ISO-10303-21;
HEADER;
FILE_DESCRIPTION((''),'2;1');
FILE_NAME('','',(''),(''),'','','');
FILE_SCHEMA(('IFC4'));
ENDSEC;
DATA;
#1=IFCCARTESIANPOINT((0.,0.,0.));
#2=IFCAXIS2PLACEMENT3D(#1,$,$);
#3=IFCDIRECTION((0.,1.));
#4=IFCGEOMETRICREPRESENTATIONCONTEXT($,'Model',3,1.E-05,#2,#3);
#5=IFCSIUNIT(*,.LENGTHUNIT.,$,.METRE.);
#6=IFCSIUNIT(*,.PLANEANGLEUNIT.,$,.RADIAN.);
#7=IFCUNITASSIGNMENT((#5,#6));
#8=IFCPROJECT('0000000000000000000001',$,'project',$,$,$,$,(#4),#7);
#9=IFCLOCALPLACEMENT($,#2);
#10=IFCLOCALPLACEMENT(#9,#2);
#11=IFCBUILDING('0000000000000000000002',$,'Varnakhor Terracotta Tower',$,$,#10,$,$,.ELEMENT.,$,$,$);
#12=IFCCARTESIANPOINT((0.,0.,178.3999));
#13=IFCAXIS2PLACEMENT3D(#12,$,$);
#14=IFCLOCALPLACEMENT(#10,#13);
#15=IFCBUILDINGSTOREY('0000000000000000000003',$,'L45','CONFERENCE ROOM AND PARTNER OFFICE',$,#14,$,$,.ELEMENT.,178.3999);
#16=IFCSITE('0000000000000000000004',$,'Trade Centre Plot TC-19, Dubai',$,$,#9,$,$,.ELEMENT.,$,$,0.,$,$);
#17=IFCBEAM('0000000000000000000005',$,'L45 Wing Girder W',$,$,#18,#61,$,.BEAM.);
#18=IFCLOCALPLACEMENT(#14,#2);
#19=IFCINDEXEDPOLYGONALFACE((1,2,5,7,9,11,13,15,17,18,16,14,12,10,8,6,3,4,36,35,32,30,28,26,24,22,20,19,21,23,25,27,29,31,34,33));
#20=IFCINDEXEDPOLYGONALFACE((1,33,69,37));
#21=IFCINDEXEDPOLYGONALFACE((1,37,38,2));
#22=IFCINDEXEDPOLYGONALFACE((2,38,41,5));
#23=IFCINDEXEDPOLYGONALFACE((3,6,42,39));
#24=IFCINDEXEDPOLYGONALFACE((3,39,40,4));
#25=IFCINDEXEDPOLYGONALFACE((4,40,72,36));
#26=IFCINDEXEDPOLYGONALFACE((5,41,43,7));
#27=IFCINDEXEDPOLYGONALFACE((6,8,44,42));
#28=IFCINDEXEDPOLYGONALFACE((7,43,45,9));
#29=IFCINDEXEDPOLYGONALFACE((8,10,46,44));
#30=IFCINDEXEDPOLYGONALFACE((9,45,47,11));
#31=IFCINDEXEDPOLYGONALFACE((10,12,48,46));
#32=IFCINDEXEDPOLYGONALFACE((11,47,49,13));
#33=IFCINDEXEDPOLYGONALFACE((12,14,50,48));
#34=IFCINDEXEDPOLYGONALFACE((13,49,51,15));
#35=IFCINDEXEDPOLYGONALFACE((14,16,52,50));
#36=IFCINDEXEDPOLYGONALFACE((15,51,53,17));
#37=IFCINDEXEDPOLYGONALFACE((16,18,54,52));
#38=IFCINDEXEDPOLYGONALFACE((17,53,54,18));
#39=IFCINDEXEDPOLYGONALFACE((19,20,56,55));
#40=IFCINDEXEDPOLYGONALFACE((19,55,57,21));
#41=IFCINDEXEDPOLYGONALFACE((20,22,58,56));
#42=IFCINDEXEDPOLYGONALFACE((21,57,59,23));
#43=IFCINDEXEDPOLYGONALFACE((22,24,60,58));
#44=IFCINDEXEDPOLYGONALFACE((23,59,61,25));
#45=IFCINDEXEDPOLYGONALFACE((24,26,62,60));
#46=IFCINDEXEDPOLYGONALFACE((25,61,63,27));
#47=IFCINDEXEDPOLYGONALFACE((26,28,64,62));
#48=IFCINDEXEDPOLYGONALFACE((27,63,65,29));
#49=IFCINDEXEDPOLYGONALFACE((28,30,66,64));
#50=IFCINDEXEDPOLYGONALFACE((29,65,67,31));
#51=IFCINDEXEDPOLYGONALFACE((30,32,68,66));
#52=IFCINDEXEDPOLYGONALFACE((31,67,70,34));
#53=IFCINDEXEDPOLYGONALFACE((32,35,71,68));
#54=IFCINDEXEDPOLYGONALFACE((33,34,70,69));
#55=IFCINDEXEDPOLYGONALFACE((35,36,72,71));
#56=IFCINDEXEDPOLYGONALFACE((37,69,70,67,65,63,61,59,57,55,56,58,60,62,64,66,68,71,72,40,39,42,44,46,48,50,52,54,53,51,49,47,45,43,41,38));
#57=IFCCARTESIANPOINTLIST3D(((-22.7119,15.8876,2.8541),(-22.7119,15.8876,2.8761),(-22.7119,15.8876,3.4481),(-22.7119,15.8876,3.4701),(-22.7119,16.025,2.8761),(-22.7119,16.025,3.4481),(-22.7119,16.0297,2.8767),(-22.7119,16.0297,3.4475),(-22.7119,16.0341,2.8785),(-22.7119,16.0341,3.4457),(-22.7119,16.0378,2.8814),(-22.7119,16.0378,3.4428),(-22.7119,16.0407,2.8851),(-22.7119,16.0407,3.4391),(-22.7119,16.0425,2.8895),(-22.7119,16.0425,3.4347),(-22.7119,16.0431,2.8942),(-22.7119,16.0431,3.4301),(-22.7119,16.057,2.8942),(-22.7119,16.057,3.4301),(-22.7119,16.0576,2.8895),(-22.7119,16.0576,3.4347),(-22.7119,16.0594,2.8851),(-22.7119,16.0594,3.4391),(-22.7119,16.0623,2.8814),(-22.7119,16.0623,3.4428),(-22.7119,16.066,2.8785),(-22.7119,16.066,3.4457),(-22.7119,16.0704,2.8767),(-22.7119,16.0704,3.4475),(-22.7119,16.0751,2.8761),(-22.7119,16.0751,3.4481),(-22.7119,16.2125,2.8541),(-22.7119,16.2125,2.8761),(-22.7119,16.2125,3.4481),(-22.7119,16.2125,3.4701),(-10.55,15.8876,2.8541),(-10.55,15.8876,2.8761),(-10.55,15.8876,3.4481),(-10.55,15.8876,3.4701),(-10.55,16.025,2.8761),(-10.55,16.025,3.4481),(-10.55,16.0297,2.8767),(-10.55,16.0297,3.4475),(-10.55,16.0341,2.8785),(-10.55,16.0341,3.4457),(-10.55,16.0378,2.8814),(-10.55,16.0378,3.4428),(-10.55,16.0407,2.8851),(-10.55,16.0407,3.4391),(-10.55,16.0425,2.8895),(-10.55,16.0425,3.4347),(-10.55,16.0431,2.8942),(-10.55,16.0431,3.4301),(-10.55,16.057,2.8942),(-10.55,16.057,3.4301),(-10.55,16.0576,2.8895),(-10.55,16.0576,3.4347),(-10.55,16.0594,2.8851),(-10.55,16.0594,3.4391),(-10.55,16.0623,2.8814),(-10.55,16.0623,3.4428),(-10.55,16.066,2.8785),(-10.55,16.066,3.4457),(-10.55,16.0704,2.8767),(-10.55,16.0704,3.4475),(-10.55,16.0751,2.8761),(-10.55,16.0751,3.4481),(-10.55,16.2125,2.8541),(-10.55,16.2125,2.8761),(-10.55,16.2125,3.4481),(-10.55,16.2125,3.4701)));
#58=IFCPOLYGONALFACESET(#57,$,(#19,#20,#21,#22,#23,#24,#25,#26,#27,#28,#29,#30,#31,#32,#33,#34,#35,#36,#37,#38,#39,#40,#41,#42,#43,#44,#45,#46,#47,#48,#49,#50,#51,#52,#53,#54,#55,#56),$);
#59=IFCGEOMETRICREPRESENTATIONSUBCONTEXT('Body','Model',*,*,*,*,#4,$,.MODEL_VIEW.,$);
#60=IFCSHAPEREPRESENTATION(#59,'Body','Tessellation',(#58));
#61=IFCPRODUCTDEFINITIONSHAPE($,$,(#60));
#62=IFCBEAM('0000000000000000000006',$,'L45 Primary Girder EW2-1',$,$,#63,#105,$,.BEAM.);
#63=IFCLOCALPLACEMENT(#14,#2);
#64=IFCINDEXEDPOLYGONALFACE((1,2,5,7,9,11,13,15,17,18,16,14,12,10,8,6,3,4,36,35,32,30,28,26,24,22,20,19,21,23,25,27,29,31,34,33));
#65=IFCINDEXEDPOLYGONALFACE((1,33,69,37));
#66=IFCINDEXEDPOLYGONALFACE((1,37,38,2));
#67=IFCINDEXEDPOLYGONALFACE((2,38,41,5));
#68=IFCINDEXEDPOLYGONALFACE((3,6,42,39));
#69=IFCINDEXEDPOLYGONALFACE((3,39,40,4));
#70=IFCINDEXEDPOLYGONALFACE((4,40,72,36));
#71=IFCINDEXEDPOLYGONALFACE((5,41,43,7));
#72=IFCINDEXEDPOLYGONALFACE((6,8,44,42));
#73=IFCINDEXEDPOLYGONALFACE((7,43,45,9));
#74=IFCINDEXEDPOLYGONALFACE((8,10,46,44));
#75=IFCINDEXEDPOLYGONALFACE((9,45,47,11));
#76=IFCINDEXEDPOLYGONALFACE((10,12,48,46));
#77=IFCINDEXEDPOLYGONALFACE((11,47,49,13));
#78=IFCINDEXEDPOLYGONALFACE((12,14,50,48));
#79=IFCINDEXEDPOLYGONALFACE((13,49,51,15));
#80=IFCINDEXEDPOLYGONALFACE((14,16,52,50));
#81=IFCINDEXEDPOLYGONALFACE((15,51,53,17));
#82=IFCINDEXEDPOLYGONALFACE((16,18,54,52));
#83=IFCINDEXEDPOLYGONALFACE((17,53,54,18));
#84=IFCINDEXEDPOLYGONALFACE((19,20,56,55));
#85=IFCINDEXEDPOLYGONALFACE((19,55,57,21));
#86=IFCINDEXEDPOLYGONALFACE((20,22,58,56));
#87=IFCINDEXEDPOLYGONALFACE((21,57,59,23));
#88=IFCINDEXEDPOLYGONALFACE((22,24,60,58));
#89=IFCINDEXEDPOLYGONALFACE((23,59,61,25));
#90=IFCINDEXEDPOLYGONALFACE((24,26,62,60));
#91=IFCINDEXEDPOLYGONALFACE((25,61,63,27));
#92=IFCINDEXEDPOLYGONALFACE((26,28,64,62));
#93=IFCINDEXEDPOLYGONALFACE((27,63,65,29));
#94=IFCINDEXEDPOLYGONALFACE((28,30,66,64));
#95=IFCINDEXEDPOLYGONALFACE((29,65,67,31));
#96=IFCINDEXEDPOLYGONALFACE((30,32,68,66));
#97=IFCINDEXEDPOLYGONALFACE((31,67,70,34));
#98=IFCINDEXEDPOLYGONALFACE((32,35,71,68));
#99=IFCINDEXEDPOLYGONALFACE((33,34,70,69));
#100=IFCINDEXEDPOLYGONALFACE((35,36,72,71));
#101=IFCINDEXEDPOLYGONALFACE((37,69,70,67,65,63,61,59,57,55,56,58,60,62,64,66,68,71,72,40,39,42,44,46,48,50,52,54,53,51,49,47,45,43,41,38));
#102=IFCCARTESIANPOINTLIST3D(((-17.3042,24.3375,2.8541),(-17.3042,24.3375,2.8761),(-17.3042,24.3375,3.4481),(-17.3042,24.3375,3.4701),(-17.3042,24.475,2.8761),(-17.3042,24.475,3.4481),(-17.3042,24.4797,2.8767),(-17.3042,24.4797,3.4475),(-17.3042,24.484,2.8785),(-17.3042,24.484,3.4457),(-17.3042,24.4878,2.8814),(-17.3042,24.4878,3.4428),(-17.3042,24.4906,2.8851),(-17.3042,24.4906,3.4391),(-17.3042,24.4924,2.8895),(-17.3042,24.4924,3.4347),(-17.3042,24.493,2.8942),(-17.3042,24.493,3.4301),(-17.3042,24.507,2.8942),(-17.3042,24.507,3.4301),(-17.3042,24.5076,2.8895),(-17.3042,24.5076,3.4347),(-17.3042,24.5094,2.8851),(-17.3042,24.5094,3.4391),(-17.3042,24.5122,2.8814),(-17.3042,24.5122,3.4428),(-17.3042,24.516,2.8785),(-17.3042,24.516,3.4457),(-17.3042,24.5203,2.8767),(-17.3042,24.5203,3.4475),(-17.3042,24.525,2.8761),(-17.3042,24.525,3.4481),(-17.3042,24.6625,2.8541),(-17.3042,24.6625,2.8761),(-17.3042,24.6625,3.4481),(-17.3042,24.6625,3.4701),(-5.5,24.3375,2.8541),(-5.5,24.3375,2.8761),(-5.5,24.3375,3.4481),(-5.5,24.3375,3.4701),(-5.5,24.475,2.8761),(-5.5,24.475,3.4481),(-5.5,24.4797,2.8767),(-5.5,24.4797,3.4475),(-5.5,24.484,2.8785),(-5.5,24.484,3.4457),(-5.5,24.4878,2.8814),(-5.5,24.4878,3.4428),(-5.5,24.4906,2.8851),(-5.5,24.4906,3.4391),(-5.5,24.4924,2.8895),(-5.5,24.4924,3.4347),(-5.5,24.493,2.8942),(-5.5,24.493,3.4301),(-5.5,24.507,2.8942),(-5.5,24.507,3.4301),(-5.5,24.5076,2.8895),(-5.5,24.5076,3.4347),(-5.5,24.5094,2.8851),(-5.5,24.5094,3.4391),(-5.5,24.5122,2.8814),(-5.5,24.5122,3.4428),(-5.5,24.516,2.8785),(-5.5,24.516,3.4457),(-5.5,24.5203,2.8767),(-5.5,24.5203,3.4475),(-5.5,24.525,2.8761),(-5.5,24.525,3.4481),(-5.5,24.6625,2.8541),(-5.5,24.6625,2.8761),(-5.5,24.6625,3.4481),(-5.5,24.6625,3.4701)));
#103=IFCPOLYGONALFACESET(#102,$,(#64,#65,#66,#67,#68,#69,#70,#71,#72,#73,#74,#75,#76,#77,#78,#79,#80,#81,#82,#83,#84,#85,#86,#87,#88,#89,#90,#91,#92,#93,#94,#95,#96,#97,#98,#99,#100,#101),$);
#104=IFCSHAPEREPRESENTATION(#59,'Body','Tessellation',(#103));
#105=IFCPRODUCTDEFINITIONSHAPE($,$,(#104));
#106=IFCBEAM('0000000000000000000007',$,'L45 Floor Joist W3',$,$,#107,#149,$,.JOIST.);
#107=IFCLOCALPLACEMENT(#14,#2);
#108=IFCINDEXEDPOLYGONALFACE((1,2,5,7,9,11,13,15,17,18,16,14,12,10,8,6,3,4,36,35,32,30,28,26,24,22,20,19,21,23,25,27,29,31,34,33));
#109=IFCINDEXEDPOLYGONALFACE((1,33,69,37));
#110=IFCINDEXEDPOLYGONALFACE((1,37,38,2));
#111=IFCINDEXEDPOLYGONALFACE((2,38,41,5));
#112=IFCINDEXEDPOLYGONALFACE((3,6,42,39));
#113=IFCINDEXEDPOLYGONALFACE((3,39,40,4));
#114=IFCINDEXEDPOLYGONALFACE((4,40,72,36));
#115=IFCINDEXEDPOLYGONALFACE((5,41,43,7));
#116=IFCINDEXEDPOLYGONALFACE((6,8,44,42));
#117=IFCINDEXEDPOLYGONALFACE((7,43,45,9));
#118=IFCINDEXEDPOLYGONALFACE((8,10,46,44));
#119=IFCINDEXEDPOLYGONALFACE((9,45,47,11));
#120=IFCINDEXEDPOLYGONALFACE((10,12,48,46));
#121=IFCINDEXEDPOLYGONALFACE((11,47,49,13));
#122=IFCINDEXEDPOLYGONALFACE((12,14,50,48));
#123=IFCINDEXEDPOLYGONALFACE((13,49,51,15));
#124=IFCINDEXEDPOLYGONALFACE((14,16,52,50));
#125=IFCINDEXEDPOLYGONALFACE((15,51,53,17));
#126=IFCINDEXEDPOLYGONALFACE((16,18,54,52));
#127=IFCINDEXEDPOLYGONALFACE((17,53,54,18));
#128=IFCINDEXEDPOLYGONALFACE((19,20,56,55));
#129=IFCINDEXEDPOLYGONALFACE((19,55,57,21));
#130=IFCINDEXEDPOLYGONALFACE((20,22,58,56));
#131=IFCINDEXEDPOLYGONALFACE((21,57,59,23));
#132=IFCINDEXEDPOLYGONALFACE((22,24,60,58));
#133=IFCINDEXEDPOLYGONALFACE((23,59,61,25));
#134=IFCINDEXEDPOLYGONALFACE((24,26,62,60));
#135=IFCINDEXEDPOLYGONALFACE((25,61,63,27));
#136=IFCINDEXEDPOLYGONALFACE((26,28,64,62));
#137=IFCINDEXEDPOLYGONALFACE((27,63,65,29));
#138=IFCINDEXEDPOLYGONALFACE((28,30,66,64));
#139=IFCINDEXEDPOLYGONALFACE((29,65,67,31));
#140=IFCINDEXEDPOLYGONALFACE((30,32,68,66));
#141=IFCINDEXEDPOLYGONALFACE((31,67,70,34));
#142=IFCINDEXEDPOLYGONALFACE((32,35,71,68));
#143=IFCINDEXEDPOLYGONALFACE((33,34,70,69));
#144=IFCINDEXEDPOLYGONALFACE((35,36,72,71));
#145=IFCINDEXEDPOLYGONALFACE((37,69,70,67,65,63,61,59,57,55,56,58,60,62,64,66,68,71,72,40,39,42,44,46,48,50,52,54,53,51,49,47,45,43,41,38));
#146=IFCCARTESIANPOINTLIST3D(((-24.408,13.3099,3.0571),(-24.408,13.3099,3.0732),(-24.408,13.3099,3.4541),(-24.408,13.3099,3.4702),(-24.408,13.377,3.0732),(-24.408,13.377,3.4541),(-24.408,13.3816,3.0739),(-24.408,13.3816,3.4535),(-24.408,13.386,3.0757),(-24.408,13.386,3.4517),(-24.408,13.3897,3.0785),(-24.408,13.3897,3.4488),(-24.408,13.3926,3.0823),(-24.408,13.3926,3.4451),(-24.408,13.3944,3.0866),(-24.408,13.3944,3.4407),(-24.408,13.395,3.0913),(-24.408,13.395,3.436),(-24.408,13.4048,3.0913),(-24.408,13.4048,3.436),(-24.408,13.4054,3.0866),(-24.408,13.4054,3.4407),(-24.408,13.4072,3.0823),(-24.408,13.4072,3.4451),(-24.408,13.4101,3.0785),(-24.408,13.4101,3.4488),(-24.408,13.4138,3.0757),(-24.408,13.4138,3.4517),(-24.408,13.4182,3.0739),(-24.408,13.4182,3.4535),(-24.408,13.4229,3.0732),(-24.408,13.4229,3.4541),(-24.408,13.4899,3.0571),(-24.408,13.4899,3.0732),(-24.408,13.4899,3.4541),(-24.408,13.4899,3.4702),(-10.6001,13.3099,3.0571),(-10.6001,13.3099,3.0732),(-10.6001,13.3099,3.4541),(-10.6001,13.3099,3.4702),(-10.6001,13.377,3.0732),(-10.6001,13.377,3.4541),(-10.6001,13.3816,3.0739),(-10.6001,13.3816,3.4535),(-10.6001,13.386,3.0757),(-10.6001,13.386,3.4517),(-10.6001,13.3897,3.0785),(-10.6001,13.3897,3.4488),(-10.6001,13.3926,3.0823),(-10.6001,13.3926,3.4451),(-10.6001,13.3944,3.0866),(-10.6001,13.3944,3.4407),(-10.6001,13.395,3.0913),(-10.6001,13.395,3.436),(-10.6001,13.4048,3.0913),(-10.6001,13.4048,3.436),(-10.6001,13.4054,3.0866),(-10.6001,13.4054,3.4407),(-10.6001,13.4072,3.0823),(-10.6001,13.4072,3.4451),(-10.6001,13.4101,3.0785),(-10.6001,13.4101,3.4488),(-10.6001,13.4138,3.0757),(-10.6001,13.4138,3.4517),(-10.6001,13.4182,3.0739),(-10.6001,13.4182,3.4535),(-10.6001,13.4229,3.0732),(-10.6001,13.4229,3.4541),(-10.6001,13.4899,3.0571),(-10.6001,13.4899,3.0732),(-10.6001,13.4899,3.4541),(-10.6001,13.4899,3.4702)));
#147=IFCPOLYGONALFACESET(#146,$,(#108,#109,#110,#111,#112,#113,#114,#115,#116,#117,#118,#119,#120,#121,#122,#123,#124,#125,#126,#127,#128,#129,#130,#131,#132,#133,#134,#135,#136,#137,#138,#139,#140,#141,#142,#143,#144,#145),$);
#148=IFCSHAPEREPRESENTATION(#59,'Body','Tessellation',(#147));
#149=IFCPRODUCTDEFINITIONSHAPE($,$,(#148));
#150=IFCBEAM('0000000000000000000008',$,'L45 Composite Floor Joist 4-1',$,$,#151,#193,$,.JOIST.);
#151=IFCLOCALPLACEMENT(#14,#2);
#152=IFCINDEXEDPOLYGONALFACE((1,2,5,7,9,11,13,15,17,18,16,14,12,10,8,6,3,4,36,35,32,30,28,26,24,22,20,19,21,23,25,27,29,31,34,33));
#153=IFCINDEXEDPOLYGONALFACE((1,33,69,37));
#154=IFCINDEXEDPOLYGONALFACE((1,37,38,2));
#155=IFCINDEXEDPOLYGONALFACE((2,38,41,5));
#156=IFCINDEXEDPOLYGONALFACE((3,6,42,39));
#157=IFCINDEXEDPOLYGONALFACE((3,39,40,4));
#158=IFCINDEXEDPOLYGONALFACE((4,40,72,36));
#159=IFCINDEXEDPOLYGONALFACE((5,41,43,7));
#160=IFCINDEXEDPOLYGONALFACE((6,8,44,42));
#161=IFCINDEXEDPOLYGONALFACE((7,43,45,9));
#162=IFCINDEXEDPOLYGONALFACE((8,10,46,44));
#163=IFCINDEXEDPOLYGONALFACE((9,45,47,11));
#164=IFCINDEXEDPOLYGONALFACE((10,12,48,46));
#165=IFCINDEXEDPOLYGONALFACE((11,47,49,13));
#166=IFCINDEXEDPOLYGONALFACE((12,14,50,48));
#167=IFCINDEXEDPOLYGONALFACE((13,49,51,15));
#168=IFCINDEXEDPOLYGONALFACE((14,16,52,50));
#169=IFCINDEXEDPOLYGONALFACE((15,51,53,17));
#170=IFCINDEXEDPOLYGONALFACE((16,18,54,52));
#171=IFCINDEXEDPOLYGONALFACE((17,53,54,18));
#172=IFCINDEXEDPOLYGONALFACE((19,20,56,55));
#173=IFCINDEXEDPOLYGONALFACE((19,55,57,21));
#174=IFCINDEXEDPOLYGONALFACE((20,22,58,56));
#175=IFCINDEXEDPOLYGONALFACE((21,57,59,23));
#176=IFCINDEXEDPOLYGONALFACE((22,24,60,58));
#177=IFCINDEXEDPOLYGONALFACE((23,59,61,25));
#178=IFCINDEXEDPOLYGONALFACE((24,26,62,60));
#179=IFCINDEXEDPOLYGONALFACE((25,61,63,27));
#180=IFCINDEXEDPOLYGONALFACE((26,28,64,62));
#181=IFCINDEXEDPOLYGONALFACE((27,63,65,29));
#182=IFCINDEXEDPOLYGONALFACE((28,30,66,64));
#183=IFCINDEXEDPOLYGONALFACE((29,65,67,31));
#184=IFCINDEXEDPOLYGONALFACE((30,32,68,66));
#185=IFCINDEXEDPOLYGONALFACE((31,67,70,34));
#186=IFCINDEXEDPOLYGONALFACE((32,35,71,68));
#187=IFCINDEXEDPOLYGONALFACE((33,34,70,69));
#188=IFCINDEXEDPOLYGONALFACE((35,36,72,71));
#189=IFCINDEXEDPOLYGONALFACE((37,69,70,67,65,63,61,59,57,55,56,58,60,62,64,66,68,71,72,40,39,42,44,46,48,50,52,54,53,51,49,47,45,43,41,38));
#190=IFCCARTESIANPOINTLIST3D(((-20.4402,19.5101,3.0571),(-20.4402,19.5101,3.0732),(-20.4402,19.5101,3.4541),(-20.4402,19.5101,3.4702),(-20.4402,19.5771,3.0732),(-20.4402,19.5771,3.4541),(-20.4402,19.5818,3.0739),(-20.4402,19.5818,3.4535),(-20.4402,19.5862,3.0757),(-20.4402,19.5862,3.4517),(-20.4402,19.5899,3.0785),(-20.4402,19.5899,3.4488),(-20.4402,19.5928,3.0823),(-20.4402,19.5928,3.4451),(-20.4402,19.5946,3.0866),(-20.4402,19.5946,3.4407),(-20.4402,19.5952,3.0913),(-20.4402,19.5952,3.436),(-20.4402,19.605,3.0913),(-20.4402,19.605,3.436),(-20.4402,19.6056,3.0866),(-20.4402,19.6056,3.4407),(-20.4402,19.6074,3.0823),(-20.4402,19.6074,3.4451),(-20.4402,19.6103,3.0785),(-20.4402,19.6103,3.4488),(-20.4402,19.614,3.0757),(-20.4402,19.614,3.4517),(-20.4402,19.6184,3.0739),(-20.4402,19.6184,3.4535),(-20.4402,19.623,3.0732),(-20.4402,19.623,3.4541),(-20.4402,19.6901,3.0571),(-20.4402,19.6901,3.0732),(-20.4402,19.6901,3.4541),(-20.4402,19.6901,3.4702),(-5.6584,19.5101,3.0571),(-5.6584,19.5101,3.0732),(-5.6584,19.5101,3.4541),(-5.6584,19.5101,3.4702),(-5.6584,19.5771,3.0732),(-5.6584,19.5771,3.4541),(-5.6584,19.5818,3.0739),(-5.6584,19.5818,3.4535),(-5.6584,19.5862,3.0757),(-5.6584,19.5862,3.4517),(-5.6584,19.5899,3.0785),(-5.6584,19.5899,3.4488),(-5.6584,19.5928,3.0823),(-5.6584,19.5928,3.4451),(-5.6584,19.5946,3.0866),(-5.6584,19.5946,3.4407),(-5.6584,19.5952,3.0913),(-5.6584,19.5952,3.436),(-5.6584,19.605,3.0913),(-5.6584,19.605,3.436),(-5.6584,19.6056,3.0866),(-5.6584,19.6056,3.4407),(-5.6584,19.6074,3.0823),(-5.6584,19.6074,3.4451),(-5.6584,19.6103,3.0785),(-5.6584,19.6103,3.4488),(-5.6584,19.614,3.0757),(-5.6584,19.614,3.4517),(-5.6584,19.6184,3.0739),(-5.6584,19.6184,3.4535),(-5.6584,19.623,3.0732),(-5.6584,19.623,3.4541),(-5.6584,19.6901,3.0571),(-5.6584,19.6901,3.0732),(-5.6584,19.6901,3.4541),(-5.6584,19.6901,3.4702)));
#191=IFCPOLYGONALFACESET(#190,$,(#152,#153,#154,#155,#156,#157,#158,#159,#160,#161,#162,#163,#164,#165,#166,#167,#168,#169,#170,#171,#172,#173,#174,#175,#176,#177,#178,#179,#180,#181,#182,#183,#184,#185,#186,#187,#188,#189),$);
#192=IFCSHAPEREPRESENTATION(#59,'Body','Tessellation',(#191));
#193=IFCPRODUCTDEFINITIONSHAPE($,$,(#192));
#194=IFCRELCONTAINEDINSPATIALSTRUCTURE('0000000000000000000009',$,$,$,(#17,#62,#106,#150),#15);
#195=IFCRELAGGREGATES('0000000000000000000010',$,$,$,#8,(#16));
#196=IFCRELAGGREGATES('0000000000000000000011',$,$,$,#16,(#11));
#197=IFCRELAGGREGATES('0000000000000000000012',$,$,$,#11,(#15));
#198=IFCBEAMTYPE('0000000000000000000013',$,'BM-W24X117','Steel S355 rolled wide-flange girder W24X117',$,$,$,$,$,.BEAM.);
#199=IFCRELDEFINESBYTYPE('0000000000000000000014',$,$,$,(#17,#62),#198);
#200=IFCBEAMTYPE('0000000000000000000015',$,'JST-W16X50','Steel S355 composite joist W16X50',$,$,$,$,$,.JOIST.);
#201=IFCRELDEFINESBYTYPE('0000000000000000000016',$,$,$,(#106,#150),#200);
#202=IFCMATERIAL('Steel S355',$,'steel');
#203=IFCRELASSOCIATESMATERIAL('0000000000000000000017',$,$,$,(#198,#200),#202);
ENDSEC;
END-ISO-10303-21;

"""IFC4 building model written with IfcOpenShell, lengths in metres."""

from ifc_helpers import new_model, si_unit, direction, frame, origin, origin_2d, place, context, subcontext, project, spatial, i_section, extrude, source, transform, mapped, material, material_profile, profile_set, type_object, element, save


model = new_model("IFC4")

# Units and contexts
model_context = context("Model", 3, precision=1e-05, world=origin(), true_north=direction((0.0, 1.0)))
body_context = subcontext(model_context, "Body", "Model", "MODEL_VIEW")
ifc_project = project(units=[si_unit("LENGTHUNIT", "METRE"), si_unit("PLANEANGLEUNIT", "RADIAN")], contexts=[model_context])

# Site, building, storey
site_placement = place(None, origin())
site = spatial("IfcSite", under=ifc_project, at=site_placement, Name="Trade Centre Plot TC-19, Dubai", CompositionType="ELEMENT", RefElevation=0.0)
building_placement = place(site_placement, origin())
building = spatial("IfcBuilding", under=site, at=building_placement, Name="Varnakhor Terracotta Tower", CompositionType="ELEMENT")
storey_placement = place(building_placement, frame((0.0, 0.0, 178.3999)))
storey = spatial("IfcBuildingStorey", under=building, at=storey_placement, Name="L45", Description="CONFERENCE ROOM AND PARTNER OFFICE", CompositionType="ELEMENT", Elevation=178.3999)

# Beams
ifc_material_1 = material(Name="Steel S355", Category="steel")
ifc_material_profile_1 = material_profile(ifc_material_1, i_section(OverallWidth=0.325, OverallDepth=0.616, WebThickness=0.0139, FlangeThickness=0.022, FilletRadius=0.0181, at=origin_2d()), Name="W24X117")
ifc_profile_set_1 = profile_set([ifc_material_profile_1], Name="Steel S355")
beam_type_1 = type_object("IfcBeamType", Name="BM-W24X117", Description="Steel S355 rolled wide-flange girder W24X117", PredefinedType="BEAM", material=ifc_profile_set_1)
shared_shape_1 = source(origin(), body_context, "Body", "SweptSolid", [
    extrude(i_section(OverallWidth=0.325, OverallDepth=0.616, WebThickness=0.0139, FlangeThickness=0.022, FilletRadius=0.0181, at=origin_2d()), origin(), (0.0, 0.0, 1.0), 12.1619),
])
beam_1_placement = place(storey_placement, frame((-22.7119, 16.05, 3.1621), z_axis=(1.0, 0.0, 0.0), x_axis=(0.0, 1.0, 0.0)))
element("IfcBeam", 1, at=beam_1_placement, inside=storey, type_object=beam_type_1, Name="L45 Wing Girder W", PredefinedType="BEAM", context=body_context, shape_type="MappedRepresentation", body=[
    mapped(shared_shape_1, transform((0.0, 0.0, 0.0), scale=1.0)),
])
shared_shape_2 = source(origin(), body_context, "Body", "SweptSolid", [
    extrude(i_section(OverallWidth=0.325, OverallDepth=0.616, WebThickness=0.0139, FlangeThickness=0.022, FilletRadius=0.0181, at=origin_2d()), origin(), (0.0, 0.0, 1.0), 11.8042),
])
beam_2_placement = place(storey_placement, frame((-17.3042, 24.5, 3.1621), z_axis=(1.0, 0.0, 0.0), x_axis=(0.0, 1.0, 0.0)))
element("IfcBeam", 2, at=beam_2_placement, inside=storey, type_object=beam_type_1, Name="L45 Primary Girder EW2-1", PredefinedType="BEAM", context=body_context, shape_type="MappedRepresentation", body=[
    mapped(shared_shape_2, transform((0.0, 0.0, 0.0), scale=1.0)),
])
ifc_material_profile_2 = material_profile(ifc_material_1, i_section(OverallWidth=0.1799, OverallDepth=0.4131, WebThickness=0.0098, FlangeThickness=0.0161, FilletRadius=0.0181, at=origin_2d()), Name="W16X50")
ifc_profile_set_2 = profile_set([ifc_material_profile_2], Name="Steel S355")
beam_type_2 = type_object("IfcBeamType", Name="JST-W16X50", Description="Steel S355 composite joist W16X50", PredefinedType="JOIST", material=ifc_profile_set_2)
shared_shape_3 = source(origin(), body_context, "Body", "SweptSolid", [
    extrude(i_section(OverallWidth=0.1799, OverallDepth=0.4131, WebThickness=0.0098, FlangeThickness=0.0161, FilletRadius=0.0181, at=origin_2d()), origin(), (0.0, 0.0, 1.0), 13.8079),
])
beam_3_placement = place(storey_placement, frame((-24.408, 13.3999, 3.2637), z_axis=(1.0, 0.0, 0.0), x_axis=(0.0, 1.0, 0.0)))
element("IfcBeam", 3, at=beam_3_placement, inside=storey, type_object=beam_type_2, Name="L45 Floor Joist W3", PredefinedType="JOIST", context=body_context, shape_type="MappedRepresentation", body=[
    mapped(shared_shape_3, transform((0.0, 0.0, 0.0), scale=1.0)),
])
shared_shape_4 = source(origin(), body_context, "Body", "SweptSolid", [
    extrude(i_section(OverallWidth=0.1799, OverallDepth=0.4131, WebThickness=0.0098, FlangeThickness=0.0161, FilletRadius=0.0181, at=origin_2d()), origin(), (0.0, 0.0, 1.0), 14.7817),
])
beam_4_placement = place(storey_placement, frame((-20.4402, 19.6001, 3.2637), z_axis=(1.0, 0.0, 0.0), x_axis=(0.0, 1.0, 0.0)))
element("IfcBeam", 4, at=beam_4_placement, inside=storey, type_object=beam_type_2, Name="L45 Composite Floor Joist 4-1", PredefinedType="JOIST", context=body_context, shape_type="MappedRepresentation", body=[
    mapped(shared_shape_4, transform((0.0, 0.0, 0.0), scale=1.0)),
])

save(model, "model.ifc")
